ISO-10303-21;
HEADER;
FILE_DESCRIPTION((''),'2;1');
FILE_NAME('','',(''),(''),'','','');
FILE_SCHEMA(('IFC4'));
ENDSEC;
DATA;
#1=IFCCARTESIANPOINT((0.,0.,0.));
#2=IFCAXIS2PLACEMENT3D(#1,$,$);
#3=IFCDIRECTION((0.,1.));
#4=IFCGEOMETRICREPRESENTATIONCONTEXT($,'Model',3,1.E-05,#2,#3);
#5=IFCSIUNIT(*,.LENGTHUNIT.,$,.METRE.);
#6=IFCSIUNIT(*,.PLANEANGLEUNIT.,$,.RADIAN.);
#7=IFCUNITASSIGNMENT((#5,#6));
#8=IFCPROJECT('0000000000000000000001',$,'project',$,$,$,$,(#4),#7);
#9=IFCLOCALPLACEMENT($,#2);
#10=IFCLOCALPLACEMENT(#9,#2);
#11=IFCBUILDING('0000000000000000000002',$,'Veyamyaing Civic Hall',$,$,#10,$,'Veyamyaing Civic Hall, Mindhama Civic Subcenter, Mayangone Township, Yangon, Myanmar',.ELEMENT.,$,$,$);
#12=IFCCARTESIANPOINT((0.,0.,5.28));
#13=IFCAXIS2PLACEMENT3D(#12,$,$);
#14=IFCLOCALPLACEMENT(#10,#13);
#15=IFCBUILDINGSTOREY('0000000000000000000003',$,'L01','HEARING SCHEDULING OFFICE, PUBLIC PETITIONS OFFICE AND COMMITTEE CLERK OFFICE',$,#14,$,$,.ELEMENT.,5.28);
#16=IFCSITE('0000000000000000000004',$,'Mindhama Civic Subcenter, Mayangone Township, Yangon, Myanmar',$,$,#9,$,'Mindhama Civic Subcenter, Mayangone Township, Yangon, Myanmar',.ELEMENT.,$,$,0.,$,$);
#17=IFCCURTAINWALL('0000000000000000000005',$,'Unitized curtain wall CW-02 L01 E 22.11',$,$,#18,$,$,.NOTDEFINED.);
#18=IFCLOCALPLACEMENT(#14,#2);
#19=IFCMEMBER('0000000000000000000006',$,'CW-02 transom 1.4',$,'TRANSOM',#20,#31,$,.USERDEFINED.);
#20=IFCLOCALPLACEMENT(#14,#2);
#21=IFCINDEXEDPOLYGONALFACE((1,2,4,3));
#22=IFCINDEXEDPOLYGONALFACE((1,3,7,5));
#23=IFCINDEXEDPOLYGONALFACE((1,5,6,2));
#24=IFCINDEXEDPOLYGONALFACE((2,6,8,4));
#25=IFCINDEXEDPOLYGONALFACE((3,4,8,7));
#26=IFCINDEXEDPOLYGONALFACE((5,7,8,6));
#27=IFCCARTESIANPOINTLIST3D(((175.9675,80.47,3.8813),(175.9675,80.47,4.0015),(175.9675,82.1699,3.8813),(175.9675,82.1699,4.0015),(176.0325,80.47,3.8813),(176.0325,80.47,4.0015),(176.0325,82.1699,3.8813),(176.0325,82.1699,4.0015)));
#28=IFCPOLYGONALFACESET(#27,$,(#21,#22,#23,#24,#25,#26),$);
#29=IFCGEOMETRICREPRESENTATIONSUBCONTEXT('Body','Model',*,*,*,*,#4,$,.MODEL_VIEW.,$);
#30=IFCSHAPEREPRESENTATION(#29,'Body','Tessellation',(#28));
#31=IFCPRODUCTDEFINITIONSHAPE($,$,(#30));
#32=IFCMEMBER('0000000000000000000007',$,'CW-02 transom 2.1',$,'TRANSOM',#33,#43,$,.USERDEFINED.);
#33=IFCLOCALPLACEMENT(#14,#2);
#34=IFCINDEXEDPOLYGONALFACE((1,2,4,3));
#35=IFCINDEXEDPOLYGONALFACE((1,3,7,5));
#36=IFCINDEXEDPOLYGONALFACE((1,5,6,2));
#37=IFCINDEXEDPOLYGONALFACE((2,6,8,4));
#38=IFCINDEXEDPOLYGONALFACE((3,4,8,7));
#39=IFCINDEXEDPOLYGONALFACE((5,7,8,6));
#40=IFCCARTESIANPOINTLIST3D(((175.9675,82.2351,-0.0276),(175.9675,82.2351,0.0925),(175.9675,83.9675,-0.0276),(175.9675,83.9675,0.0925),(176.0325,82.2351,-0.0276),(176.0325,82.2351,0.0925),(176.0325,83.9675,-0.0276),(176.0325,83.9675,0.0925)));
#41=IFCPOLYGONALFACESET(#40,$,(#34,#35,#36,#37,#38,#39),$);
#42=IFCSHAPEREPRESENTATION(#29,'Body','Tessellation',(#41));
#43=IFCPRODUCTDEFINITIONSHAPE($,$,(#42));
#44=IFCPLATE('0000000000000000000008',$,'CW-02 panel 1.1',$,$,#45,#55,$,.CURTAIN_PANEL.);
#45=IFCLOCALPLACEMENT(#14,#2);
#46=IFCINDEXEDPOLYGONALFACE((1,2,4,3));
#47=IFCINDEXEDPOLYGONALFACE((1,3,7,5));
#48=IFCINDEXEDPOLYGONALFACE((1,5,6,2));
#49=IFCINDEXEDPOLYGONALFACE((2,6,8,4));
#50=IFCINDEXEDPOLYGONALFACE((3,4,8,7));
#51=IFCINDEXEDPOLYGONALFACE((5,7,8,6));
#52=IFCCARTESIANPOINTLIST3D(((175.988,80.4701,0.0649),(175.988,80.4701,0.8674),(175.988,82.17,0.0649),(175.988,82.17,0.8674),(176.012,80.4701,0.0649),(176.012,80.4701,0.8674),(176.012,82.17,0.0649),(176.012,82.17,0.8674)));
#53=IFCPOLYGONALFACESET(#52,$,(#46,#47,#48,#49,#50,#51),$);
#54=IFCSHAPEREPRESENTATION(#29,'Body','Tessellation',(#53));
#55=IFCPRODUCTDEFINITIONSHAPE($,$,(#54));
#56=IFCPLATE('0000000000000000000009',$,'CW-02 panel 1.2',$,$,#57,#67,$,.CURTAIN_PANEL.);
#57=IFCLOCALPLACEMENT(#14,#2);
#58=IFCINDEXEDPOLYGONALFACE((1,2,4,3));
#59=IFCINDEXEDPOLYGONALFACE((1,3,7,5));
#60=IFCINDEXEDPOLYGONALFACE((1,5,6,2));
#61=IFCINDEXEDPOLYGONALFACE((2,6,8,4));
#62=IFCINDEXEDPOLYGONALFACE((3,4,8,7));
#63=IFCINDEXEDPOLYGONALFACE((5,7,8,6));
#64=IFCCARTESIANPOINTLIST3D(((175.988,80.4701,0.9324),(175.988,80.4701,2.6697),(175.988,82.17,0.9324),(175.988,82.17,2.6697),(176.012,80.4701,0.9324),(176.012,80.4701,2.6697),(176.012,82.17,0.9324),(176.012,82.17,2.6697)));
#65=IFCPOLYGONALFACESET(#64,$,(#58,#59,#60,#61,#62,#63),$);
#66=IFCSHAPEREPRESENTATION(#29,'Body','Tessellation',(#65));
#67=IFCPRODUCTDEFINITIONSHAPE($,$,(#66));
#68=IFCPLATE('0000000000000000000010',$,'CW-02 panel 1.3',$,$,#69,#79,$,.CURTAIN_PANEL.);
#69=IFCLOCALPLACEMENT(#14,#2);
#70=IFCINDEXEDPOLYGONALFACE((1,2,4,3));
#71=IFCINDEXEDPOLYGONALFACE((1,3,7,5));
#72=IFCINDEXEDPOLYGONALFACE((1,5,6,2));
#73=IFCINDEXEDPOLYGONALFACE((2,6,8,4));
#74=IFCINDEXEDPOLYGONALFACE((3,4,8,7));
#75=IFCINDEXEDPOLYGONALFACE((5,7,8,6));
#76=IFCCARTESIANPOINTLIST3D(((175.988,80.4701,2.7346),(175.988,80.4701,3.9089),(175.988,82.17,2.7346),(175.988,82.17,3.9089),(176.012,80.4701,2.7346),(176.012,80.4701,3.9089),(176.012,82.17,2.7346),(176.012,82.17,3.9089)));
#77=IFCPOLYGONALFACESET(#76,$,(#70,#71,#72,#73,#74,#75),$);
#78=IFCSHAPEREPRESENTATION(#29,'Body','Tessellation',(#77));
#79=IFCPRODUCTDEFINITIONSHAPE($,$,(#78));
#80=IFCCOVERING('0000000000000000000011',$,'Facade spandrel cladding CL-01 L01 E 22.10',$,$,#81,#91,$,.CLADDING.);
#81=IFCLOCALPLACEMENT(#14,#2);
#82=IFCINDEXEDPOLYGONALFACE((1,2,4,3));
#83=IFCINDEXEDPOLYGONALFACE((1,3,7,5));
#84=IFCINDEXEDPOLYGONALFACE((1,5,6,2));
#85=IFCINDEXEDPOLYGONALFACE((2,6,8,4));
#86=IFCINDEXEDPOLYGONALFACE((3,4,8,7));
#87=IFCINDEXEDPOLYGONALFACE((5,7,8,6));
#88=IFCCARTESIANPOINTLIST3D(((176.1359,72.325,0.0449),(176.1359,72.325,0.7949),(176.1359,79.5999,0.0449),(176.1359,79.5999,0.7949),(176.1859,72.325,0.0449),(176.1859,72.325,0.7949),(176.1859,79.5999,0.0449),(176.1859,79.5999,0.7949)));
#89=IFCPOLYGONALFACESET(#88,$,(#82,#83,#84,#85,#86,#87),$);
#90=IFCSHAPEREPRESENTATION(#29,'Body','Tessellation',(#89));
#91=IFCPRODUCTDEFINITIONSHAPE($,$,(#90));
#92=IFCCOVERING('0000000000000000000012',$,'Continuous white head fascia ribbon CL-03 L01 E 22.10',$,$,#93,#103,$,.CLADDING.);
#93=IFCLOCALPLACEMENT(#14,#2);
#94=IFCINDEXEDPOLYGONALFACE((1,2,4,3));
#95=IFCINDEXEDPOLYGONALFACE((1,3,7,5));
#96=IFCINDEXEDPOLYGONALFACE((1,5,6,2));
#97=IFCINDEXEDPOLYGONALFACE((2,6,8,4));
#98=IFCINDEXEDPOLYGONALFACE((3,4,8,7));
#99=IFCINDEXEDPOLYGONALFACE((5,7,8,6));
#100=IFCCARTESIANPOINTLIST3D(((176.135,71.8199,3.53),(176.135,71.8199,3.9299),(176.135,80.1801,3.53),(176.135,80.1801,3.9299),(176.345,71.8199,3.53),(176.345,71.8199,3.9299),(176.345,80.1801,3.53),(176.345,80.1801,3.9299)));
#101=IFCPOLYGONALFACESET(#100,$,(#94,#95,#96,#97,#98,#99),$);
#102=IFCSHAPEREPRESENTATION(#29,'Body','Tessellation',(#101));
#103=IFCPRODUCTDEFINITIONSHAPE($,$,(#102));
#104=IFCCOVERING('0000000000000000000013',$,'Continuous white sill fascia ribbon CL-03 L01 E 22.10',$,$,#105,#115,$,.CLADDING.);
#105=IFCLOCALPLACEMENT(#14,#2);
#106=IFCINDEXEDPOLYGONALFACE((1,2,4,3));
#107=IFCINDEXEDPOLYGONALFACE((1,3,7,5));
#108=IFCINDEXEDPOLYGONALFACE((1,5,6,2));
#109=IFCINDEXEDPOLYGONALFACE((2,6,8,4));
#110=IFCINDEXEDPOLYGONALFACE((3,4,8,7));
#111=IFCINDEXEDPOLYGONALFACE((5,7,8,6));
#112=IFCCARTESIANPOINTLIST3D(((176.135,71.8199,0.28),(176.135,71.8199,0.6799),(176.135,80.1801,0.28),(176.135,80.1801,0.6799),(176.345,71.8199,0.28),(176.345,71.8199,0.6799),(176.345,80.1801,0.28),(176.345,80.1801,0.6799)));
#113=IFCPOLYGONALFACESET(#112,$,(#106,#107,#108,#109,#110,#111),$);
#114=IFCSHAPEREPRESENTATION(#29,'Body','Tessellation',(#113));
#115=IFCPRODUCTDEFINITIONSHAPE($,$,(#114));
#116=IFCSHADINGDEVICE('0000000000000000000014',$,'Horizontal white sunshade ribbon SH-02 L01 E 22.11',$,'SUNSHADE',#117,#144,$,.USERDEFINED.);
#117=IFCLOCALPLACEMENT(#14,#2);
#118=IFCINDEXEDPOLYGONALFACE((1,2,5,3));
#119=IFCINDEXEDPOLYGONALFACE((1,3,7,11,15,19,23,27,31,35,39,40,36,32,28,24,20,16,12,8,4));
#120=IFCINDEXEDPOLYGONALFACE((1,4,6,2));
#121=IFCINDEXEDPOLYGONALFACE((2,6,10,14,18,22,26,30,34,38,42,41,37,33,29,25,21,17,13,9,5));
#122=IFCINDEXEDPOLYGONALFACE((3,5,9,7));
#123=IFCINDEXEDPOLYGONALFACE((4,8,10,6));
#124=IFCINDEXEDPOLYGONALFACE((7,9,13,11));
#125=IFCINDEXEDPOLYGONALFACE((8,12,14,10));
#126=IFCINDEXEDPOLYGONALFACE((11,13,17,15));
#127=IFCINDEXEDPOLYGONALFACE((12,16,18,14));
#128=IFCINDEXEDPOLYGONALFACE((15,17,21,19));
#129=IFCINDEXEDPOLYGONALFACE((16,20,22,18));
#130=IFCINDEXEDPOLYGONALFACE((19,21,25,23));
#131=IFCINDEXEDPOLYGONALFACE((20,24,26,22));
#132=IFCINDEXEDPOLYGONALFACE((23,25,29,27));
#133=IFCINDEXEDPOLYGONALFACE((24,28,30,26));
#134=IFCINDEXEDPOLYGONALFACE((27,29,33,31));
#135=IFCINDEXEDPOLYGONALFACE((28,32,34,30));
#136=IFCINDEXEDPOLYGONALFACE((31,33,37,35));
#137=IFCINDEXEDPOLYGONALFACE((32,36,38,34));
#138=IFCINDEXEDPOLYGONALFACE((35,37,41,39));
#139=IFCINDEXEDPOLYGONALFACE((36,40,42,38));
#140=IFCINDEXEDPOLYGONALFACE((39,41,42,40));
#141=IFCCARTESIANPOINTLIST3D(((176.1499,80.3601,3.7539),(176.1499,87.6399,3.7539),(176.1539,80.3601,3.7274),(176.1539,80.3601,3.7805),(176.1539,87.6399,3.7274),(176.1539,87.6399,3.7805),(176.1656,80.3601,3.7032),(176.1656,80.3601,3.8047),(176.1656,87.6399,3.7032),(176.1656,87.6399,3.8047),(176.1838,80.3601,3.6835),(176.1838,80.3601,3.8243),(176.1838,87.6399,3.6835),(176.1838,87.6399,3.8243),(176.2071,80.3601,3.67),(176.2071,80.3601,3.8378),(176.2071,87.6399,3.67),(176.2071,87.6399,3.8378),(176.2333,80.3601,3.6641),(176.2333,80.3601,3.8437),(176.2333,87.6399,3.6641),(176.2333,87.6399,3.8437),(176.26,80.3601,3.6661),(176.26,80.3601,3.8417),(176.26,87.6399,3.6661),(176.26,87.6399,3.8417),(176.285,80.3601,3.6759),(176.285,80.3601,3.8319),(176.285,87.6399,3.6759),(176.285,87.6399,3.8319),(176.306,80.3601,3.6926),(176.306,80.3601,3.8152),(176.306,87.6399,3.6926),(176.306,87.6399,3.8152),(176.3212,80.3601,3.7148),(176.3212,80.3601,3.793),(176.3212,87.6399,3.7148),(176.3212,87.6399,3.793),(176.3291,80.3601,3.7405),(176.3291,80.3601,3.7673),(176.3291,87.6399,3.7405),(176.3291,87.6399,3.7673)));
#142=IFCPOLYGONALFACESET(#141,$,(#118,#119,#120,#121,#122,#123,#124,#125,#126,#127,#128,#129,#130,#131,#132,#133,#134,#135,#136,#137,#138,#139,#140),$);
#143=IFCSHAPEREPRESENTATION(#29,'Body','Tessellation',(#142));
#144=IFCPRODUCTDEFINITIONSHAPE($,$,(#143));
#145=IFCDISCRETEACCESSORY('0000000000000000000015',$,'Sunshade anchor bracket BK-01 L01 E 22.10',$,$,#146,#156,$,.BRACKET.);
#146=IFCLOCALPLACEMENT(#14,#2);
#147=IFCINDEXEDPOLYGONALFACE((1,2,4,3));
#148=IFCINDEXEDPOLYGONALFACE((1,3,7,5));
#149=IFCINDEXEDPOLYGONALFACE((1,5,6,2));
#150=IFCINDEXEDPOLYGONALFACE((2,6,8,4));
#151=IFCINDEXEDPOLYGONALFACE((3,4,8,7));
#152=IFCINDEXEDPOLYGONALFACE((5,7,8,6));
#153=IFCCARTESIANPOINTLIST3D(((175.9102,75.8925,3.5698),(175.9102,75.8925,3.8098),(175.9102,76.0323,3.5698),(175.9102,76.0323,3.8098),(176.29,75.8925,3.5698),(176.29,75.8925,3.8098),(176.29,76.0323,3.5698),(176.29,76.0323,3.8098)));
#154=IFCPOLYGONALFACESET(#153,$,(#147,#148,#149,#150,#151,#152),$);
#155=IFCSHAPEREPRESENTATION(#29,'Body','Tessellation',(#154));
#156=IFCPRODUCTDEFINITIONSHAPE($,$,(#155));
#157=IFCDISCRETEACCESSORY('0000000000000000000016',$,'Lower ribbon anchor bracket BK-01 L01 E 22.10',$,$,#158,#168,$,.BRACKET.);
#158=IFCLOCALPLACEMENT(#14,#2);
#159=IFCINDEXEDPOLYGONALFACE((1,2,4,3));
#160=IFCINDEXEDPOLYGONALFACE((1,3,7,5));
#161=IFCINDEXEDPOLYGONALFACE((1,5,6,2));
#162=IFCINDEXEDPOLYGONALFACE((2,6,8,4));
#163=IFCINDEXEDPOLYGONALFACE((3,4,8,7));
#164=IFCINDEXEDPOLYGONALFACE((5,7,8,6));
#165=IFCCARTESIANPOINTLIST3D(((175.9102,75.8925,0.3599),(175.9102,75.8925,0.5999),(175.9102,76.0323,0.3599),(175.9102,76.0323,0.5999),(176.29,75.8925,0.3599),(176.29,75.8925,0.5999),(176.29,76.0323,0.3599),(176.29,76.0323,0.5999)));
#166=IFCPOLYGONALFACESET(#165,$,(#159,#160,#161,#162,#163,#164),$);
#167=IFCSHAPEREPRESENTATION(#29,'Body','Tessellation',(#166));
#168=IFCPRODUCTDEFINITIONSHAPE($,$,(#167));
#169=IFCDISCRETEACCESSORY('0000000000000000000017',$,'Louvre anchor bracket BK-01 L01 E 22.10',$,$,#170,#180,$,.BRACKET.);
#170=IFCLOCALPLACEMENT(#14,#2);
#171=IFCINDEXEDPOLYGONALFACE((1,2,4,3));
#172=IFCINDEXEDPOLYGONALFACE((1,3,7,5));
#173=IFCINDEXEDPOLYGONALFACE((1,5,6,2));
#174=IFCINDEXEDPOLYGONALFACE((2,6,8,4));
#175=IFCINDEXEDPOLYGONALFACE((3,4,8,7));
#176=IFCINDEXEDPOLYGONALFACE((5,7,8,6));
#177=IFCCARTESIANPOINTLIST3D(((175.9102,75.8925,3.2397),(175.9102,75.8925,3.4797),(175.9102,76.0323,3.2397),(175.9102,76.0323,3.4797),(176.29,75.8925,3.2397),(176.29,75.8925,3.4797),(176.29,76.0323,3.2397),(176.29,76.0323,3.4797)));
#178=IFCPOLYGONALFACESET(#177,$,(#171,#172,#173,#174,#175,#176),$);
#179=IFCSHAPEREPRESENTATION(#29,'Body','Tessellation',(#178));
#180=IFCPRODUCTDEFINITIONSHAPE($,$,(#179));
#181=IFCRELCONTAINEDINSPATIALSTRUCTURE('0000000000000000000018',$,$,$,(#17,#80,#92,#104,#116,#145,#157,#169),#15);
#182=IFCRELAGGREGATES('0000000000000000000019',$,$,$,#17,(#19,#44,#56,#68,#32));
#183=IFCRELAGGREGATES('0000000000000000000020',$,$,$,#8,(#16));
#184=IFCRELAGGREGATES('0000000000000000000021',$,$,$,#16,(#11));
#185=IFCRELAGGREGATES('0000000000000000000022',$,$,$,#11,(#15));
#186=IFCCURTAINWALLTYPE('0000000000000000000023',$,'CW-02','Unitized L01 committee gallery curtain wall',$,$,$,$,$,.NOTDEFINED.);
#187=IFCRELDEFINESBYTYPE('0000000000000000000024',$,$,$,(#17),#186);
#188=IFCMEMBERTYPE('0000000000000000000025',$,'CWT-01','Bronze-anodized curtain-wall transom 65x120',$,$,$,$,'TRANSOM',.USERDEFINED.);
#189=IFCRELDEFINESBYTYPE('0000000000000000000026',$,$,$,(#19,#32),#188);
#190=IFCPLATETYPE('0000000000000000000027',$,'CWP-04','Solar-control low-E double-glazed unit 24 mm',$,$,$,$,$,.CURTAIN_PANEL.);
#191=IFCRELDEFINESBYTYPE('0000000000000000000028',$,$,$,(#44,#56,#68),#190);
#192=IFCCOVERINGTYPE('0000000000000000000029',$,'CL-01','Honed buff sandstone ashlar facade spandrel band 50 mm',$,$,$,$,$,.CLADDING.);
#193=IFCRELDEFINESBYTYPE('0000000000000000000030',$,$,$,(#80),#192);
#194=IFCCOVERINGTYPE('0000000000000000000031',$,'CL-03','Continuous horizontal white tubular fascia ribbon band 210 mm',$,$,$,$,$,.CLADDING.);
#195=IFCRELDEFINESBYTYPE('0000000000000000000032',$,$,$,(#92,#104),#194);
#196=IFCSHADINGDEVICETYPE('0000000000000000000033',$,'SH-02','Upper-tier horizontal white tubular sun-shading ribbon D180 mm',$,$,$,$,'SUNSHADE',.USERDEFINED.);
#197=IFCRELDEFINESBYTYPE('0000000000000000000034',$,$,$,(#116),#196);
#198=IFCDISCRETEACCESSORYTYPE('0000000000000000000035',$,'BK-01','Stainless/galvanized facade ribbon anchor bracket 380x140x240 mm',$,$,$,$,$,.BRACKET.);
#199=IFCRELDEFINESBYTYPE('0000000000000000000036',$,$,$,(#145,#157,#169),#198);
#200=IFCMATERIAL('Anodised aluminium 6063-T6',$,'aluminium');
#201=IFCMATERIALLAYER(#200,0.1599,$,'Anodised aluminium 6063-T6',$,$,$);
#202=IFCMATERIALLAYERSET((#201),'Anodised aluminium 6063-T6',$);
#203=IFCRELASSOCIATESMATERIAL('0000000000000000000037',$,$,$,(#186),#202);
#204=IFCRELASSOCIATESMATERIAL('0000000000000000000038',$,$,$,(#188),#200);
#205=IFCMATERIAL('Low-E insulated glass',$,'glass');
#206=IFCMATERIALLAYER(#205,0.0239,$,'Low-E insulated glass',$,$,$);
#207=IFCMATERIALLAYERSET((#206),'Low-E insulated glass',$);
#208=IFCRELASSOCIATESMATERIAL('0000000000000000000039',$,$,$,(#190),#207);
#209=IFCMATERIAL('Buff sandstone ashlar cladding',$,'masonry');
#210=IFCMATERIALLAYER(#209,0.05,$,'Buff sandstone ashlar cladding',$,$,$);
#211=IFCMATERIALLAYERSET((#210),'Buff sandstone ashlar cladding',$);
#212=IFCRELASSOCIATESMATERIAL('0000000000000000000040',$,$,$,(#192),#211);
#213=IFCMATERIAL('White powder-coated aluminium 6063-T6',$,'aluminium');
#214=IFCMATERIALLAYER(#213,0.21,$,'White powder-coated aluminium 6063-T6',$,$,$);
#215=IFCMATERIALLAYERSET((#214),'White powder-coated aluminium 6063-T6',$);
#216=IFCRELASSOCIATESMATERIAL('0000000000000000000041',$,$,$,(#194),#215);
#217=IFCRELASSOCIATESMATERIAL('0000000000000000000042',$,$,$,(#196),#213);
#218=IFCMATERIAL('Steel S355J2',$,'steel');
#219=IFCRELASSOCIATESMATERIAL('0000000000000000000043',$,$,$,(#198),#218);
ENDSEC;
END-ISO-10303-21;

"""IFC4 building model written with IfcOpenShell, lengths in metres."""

from ifc_helpers import new_model, si_unit, direction, frame, origin, origin_2d, place, context, subcontext, project, spatial, rectangle, circle, extrude, material, layer, layer_set, material_profile, profile_set, type_object, element, aggregate, save


model = new_model("IFC4")

# Units and contexts
model_context = context("Model", 3, precision=1e-05, world=origin(), true_north=direction((0.0, 1.0)))
body_context = subcontext(model_context, "Body", "Model", "MODEL_VIEW")
ifc_project = project(units=[si_unit("LENGTHUNIT", "METRE"), si_unit("PLANEANGLEUNIT", "RADIAN")], contexts=[model_context])

# Site, building, storey
site_placement = place(None, origin())
site = spatial("IfcSite", under=ifc_project, at=site_placement, Name="Mindhama Civic Subcenter, Mayangone Township, Yangon, Myanmar", LongName="Mindhama Civic Subcenter, Mayangone Township, Yangon, Myanmar", CompositionType="ELEMENT", RefElevation=0.0)
building_placement = place(site_placement, origin())
building = spatial("IfcBuilding", under=site, at=building_placement, Name="Veyamyaing Civic Hall", LongName="Veyamyaing Civic Hall, Mindhama Civic Subcenter, Mayangone Township, Yangon, Myanmar", CompositionType="ELEMENT")
storey_placement = place(building_placement, frame((0.0, 0.0, 5.28)))
storey = spatial("IfcBuildingStorey", under=building, at=storey_placement, Name="L01", Description="HEARING SCHEDULING OFFICE, PUBLIC PETITIONS OFFICE AND COMMITTEE CLERK OFFICE", CompositionType="ELEMENT", Elevation=5.28)

# Curtain wall, members, plates
ifc_material_1 = material(Name="Anodised aluminium 6063-T6", Category="aluminium")
ifc_layer_1 = layer(ifc_material_1, 0.1599, Name="Anodised aluminium 6063-T6")
ifc_layer_set_1 = layer_set([ifc_layer_1], Name="Anodised aluminium 6063-T6")
curtain_wall_type = type_object("IfcCurtainWallType", Name="CW-02", Description="Unitized L01 committee gallery curtain wall", PredefinedType="NOTDEFINED", material=ifc_layer_set_1)
curtain_wall_placement = place(storey_placement, origin())
curtain_wall = element("IfcCurtainWall", 1, at=curtain_wall_placement, inside=storey, type_object=curtain_wall_type, Name="Unitized curtain wall CW-02 L01 E 22.11", PredefinedType="NOTDEFINED")
ifc_material_profile_1 = material_profile(ifc_material_1, rectangle(XDim=0.0649, YDim=0.1201, at=origin_2d()), Name="ALU-TRN-65X120")
ifc_profile_set_1 = profile_set([ifc_material_profile_1], Name="Anodised aluminium 6063-T6")
member_type_1 = type_object("IfcMemberType", Name="CWT-01", Description="Bronze-anodized curtain-wall transom 65x120", ElementType="TRANSOM", PredefinedType="USERDEFINED", material=ifc_profile_set_1)
member_1_placement = place(storey_placement, frame((176.0, 80.47, 3.9414), z_axis=(0.0, 1.0, 0.0), x_axis=(-1.0, 0.0, 0.0)))
member_1 = element("IfcMember", 2, at=member_1_placement, type_object=member_type_1, Name="CW-02 transom 1.4", ObjectType="TRANSOM", PredefinedType="USERDEFINED", context=body_context, shape_type="SweptSolid", body=[
    extrude(rectangle(XDim=0.0649, YDim=0.1201, at=origin_2d()), origin(), (0.0, 0.0, 1.0), 1.7),
])
member_2_placement = place(storey_placement, frame((176.0, 82.2351, 0.0325), z_axis=(0.0, 1.0, 0.0), x_axis=(-1.0, 0.0, 0.0)))
member_2 = element("IfcMember", 3, at=member_2_placement, type_object=member_type_1, Name="CW-02 transom 2.1", ObjectType="TRANSOM", PredefinedType="USERDEFINED", context=body_context, shape_type="SweptSolid", body=[
    extrude(rectangle(XDim=0.0649, YDim=0.1201, at=origin_2d()), origin(), (0.0, 0.0, 1.0), 1.7324),
])
ifc_material_2 = material(Name="Low-E insulated glass", Category="glass")
ifc_layer_2 = layer(ifc_material_2, 0.0239, Name="Low-E insulated glass")
ifc_layer_set_2 = layer_set([ifc_layer_2], Name="Low-E insulated glass")
plate_type = type_object("IfcPlateType", Name="CWP-04", Description="Solar-control low-E double-glazed unit 24 mm", PredefinedType="CURTAIN_PANEL", material=ifc_layer_set_2)
plate_1_placement = place(storey_placement, frame((176.0, 81.3201, 0.0649), z_axis=(0.0, 0.0, 1.0), x_axis=(0.0, 1.0, 0.0)))
plate_1 = element("IfcPlate", 4, at=plate_1_placement, type_object=plate_type, Name="CW-02 panel 1.1", PredefinedType="CURTAIN_PANEL", context=body_context, shape_type="SweptSolid", body=[
    extrude(rectangle(XDim=1.7, YDim=0.0239, at=origin_2d()), origin(), (0.0, 0.0, 1.0), 0.8025),
])
plate_2_placement = place(storey_placement, frame((176.0, 81.3201, 0.9324), z_axis=(0.0, 0.0, 1.0), x_axis=(0.0, 1.0, 0.0)))
plate_2 = element("IfcPlate", 5, at=plate_2_placement, type_object=plate_type, Name="CW-02 panel 1.2", PredefinedType="CURTAIN_PANEL", context=body_context, shape_type="SweptSolid", body=[
    extrude(rectangle(XDim=1.7, YDim=0.0239, at=origin_2d()), origin(), (0.0, 0.0, 1.0), 1.7373),
])
plate_3_placement = place(storey_placement, frame((176.0, 81.3201, 2.7346), z_axis=(0.0, 0.0, 1.0), x_axis=(0.0, 1.0, 0.0)))
plate_3 = element("IfcPlate", 6, at=plate_3_placement, type_object=plate_type, Name="CW-02 panel 1.3", PredefinedType="CURTAIN_PANEL", context=body_context, shape_type="SweptSolid", body=[
    extrude(rectangle(XDim=1.7, YDim=0.0239, at=origin_2d()), origin(), (0.0, 0.0, 1.0), 1.1743),
])
aggregate(curtain_wall, [member_1, plate_1, plate_2, plate_3, member_2])

# Coverings
ifc_material_3 = material(Name="Buff sandstone ashlar cladding", Category="masonry")
ifc_layer_3 = layer(ifc_material_3, 0.05, Name="Buff sandstone ashlar cladding")
ifc_layer_set_3 = layer_set([ifc_layer_3], Name="Buff sandstone ashlar cladding")
covering_type_1 = type_object("IfcCoveringType", Name="CL-01", Description="Honed buff sandstone ashlar facade spandrel band 50 mm", PredefinedType="CLADDING", material=ifc_layer_set_3)
covering_placement = place(storey_placement, frame((176.1609, 75.9624, 0.0449), z_axis=(0.0, 0.0, 1.0), x_axis=(0.0, 1.0, 0.0)))
element("IfcCovering", 7, at=covering_placement, inside=storey, type_object=covering_type_1, Name="Facade spandrel cladding CL-01 L01 E 22.10", PredefinedType="CLADDING", context=body_context, shape_type="SweptSolid", body=[
    extrude(rectangle(XDim=7.2749, YDim=0.05, at=origin_2d()), origin(), (0.0, 0.0, 1.0), 0.75),
])
ifc_material_4 = material(Name="White powder-coated aluminium 6063-T6", Category="aluminium")
ifc_layer_4 = layer(ifc_material_4, 0.21, Name="White powder-coated aluminium 6063-T6")
ifc_layer_set_4 = layer_set([ifc_layer_4], Name="White powder-coated aluminium 6063-T6")
covering_type_2 = type_object("IfcCoveringType", Name="CL-03", Description="Continuous horizontal white tubular fascia ribbon band 210 mm", PredefinedType="CLADDING", material=ifc_layer_set_4)
for number, where, z_axis, x_axis, name in (
    (8, (176.24, 76.0, 3.53), (0.0, 0.0, 1.0), (0.0, 1.0, 0.0), "Continuous white head fascia ribbon CL-03 L01 E 22.10"),
    (9, (176.24, 76.0, 0.28), (0.0, 0.0, 1.0), (0.0, 1.0, 0.0), "Continuous white sill fascia ribbon CL-03 L01 E 22.10"),
):
    element("IfcCovering", number, at=place(storey_placement, frame(where, z_axis=z_axis, x_axis=x_axis)), inside=storey, type_object=covering_type_2, Name=name, PredefinedType="CLADDING", context=body_context, shape_type="SweptSolid", body=[
        extrude(rectangle(XDim=8.3601, YDim=0.21, at=origin_2d()), origin(), (0.0, 0.0, 1.0), 0.3999),
    ])

# Shading device
ifc_material_profile_2 = material_profile(ifc_material_4, circle(Radius=0.0901, at=origin_2d()), Name="SHADE-TUBE-180")
ifc_profile_set_2 = profile_set([ifc_material_profile_2], Name="White powder-coated aluminium 6063-T6")
shading_device_type = type_object("IfcShadingDeviceType", Name="SH-02", Description="Upper-tier horizontal white tubular sun-shading ribbon D180 mm", ElementType="SUNSHADE", PredefinedType="USERDEFINED", material=ifc_profile_set_2)
shading_device_placement = place(storey_placement, frame((176.24, 80.3601, 3.7539), z_axis=(0.0, 1.0, 0.0), x_axis=(-1.0, 0.0, 0.0)))
element("IfcShadingDevice", 10, at=shading_device_placement, inside=storey, type_object=shading_device_type, Name="Horizontal white sunshade ribbon SH-02 L01 E 22.11", ObjectType="SUNSHADE", PredefinedType="USERDEFINED", context=body_context, shape_type="SweptSolid", body=[
    extrude(circle(Radius=0.0901, at=origin_2d()), origin(), (0.0, 0.0, 1.0), 7.2798),
])

# Discrete accessories
ifc_material_5 = material(Name="Steel S355J2", Category="steel")
discrete_accessory_type = type_object("IfcDiscreteAccessoryType", Name="BK-01", Description="Stainless/galvanized facade ribbon anchor bracket 380x140x240 mm", PredefinedType="BRACKET", material=ifc_material_5)
for number, where, z_axis, x_axis, name in (
    (11, (176.1001, 75.9624, 3.5698), (0.0, 0.0, 1.0), (1.0, 0.0, 0.0), "Sunshade anchor bracket BK-01 L01 E 22.10"),
    (12, (176.1001, 75.9624, 0.3599), (0.0, 0.0, 1.0), (1.0, 0.0, 0.0), "Lower ribbon anchor bracket BK-01 L01 E 22.10"),
    (13, (176.1001, 75.9624, 3.2397), (0.0, 0.0, 1.0), (1.0, 0.0, 0.0), "Louvre anchor bracket BK-01 L01 E 22.10"),
):
    element("IfcDiscreteAccessory", number, at=place(storey_placement, frame(where, z_axis=z_axis, x_axis=x_axis)), inside=storey, type_object=discrete_accessory_type, Name=name, PredefinedType="BRACKET", context=body_context, shape_type="SweptSolid", body=[
        extrude(rectangle(XDim=0.3799, YDim=0.1399, at=origin_2d()), origin(), (0.0, 0.0, 1.0), 0.24),
    ])

save(model, "model.ifc")
